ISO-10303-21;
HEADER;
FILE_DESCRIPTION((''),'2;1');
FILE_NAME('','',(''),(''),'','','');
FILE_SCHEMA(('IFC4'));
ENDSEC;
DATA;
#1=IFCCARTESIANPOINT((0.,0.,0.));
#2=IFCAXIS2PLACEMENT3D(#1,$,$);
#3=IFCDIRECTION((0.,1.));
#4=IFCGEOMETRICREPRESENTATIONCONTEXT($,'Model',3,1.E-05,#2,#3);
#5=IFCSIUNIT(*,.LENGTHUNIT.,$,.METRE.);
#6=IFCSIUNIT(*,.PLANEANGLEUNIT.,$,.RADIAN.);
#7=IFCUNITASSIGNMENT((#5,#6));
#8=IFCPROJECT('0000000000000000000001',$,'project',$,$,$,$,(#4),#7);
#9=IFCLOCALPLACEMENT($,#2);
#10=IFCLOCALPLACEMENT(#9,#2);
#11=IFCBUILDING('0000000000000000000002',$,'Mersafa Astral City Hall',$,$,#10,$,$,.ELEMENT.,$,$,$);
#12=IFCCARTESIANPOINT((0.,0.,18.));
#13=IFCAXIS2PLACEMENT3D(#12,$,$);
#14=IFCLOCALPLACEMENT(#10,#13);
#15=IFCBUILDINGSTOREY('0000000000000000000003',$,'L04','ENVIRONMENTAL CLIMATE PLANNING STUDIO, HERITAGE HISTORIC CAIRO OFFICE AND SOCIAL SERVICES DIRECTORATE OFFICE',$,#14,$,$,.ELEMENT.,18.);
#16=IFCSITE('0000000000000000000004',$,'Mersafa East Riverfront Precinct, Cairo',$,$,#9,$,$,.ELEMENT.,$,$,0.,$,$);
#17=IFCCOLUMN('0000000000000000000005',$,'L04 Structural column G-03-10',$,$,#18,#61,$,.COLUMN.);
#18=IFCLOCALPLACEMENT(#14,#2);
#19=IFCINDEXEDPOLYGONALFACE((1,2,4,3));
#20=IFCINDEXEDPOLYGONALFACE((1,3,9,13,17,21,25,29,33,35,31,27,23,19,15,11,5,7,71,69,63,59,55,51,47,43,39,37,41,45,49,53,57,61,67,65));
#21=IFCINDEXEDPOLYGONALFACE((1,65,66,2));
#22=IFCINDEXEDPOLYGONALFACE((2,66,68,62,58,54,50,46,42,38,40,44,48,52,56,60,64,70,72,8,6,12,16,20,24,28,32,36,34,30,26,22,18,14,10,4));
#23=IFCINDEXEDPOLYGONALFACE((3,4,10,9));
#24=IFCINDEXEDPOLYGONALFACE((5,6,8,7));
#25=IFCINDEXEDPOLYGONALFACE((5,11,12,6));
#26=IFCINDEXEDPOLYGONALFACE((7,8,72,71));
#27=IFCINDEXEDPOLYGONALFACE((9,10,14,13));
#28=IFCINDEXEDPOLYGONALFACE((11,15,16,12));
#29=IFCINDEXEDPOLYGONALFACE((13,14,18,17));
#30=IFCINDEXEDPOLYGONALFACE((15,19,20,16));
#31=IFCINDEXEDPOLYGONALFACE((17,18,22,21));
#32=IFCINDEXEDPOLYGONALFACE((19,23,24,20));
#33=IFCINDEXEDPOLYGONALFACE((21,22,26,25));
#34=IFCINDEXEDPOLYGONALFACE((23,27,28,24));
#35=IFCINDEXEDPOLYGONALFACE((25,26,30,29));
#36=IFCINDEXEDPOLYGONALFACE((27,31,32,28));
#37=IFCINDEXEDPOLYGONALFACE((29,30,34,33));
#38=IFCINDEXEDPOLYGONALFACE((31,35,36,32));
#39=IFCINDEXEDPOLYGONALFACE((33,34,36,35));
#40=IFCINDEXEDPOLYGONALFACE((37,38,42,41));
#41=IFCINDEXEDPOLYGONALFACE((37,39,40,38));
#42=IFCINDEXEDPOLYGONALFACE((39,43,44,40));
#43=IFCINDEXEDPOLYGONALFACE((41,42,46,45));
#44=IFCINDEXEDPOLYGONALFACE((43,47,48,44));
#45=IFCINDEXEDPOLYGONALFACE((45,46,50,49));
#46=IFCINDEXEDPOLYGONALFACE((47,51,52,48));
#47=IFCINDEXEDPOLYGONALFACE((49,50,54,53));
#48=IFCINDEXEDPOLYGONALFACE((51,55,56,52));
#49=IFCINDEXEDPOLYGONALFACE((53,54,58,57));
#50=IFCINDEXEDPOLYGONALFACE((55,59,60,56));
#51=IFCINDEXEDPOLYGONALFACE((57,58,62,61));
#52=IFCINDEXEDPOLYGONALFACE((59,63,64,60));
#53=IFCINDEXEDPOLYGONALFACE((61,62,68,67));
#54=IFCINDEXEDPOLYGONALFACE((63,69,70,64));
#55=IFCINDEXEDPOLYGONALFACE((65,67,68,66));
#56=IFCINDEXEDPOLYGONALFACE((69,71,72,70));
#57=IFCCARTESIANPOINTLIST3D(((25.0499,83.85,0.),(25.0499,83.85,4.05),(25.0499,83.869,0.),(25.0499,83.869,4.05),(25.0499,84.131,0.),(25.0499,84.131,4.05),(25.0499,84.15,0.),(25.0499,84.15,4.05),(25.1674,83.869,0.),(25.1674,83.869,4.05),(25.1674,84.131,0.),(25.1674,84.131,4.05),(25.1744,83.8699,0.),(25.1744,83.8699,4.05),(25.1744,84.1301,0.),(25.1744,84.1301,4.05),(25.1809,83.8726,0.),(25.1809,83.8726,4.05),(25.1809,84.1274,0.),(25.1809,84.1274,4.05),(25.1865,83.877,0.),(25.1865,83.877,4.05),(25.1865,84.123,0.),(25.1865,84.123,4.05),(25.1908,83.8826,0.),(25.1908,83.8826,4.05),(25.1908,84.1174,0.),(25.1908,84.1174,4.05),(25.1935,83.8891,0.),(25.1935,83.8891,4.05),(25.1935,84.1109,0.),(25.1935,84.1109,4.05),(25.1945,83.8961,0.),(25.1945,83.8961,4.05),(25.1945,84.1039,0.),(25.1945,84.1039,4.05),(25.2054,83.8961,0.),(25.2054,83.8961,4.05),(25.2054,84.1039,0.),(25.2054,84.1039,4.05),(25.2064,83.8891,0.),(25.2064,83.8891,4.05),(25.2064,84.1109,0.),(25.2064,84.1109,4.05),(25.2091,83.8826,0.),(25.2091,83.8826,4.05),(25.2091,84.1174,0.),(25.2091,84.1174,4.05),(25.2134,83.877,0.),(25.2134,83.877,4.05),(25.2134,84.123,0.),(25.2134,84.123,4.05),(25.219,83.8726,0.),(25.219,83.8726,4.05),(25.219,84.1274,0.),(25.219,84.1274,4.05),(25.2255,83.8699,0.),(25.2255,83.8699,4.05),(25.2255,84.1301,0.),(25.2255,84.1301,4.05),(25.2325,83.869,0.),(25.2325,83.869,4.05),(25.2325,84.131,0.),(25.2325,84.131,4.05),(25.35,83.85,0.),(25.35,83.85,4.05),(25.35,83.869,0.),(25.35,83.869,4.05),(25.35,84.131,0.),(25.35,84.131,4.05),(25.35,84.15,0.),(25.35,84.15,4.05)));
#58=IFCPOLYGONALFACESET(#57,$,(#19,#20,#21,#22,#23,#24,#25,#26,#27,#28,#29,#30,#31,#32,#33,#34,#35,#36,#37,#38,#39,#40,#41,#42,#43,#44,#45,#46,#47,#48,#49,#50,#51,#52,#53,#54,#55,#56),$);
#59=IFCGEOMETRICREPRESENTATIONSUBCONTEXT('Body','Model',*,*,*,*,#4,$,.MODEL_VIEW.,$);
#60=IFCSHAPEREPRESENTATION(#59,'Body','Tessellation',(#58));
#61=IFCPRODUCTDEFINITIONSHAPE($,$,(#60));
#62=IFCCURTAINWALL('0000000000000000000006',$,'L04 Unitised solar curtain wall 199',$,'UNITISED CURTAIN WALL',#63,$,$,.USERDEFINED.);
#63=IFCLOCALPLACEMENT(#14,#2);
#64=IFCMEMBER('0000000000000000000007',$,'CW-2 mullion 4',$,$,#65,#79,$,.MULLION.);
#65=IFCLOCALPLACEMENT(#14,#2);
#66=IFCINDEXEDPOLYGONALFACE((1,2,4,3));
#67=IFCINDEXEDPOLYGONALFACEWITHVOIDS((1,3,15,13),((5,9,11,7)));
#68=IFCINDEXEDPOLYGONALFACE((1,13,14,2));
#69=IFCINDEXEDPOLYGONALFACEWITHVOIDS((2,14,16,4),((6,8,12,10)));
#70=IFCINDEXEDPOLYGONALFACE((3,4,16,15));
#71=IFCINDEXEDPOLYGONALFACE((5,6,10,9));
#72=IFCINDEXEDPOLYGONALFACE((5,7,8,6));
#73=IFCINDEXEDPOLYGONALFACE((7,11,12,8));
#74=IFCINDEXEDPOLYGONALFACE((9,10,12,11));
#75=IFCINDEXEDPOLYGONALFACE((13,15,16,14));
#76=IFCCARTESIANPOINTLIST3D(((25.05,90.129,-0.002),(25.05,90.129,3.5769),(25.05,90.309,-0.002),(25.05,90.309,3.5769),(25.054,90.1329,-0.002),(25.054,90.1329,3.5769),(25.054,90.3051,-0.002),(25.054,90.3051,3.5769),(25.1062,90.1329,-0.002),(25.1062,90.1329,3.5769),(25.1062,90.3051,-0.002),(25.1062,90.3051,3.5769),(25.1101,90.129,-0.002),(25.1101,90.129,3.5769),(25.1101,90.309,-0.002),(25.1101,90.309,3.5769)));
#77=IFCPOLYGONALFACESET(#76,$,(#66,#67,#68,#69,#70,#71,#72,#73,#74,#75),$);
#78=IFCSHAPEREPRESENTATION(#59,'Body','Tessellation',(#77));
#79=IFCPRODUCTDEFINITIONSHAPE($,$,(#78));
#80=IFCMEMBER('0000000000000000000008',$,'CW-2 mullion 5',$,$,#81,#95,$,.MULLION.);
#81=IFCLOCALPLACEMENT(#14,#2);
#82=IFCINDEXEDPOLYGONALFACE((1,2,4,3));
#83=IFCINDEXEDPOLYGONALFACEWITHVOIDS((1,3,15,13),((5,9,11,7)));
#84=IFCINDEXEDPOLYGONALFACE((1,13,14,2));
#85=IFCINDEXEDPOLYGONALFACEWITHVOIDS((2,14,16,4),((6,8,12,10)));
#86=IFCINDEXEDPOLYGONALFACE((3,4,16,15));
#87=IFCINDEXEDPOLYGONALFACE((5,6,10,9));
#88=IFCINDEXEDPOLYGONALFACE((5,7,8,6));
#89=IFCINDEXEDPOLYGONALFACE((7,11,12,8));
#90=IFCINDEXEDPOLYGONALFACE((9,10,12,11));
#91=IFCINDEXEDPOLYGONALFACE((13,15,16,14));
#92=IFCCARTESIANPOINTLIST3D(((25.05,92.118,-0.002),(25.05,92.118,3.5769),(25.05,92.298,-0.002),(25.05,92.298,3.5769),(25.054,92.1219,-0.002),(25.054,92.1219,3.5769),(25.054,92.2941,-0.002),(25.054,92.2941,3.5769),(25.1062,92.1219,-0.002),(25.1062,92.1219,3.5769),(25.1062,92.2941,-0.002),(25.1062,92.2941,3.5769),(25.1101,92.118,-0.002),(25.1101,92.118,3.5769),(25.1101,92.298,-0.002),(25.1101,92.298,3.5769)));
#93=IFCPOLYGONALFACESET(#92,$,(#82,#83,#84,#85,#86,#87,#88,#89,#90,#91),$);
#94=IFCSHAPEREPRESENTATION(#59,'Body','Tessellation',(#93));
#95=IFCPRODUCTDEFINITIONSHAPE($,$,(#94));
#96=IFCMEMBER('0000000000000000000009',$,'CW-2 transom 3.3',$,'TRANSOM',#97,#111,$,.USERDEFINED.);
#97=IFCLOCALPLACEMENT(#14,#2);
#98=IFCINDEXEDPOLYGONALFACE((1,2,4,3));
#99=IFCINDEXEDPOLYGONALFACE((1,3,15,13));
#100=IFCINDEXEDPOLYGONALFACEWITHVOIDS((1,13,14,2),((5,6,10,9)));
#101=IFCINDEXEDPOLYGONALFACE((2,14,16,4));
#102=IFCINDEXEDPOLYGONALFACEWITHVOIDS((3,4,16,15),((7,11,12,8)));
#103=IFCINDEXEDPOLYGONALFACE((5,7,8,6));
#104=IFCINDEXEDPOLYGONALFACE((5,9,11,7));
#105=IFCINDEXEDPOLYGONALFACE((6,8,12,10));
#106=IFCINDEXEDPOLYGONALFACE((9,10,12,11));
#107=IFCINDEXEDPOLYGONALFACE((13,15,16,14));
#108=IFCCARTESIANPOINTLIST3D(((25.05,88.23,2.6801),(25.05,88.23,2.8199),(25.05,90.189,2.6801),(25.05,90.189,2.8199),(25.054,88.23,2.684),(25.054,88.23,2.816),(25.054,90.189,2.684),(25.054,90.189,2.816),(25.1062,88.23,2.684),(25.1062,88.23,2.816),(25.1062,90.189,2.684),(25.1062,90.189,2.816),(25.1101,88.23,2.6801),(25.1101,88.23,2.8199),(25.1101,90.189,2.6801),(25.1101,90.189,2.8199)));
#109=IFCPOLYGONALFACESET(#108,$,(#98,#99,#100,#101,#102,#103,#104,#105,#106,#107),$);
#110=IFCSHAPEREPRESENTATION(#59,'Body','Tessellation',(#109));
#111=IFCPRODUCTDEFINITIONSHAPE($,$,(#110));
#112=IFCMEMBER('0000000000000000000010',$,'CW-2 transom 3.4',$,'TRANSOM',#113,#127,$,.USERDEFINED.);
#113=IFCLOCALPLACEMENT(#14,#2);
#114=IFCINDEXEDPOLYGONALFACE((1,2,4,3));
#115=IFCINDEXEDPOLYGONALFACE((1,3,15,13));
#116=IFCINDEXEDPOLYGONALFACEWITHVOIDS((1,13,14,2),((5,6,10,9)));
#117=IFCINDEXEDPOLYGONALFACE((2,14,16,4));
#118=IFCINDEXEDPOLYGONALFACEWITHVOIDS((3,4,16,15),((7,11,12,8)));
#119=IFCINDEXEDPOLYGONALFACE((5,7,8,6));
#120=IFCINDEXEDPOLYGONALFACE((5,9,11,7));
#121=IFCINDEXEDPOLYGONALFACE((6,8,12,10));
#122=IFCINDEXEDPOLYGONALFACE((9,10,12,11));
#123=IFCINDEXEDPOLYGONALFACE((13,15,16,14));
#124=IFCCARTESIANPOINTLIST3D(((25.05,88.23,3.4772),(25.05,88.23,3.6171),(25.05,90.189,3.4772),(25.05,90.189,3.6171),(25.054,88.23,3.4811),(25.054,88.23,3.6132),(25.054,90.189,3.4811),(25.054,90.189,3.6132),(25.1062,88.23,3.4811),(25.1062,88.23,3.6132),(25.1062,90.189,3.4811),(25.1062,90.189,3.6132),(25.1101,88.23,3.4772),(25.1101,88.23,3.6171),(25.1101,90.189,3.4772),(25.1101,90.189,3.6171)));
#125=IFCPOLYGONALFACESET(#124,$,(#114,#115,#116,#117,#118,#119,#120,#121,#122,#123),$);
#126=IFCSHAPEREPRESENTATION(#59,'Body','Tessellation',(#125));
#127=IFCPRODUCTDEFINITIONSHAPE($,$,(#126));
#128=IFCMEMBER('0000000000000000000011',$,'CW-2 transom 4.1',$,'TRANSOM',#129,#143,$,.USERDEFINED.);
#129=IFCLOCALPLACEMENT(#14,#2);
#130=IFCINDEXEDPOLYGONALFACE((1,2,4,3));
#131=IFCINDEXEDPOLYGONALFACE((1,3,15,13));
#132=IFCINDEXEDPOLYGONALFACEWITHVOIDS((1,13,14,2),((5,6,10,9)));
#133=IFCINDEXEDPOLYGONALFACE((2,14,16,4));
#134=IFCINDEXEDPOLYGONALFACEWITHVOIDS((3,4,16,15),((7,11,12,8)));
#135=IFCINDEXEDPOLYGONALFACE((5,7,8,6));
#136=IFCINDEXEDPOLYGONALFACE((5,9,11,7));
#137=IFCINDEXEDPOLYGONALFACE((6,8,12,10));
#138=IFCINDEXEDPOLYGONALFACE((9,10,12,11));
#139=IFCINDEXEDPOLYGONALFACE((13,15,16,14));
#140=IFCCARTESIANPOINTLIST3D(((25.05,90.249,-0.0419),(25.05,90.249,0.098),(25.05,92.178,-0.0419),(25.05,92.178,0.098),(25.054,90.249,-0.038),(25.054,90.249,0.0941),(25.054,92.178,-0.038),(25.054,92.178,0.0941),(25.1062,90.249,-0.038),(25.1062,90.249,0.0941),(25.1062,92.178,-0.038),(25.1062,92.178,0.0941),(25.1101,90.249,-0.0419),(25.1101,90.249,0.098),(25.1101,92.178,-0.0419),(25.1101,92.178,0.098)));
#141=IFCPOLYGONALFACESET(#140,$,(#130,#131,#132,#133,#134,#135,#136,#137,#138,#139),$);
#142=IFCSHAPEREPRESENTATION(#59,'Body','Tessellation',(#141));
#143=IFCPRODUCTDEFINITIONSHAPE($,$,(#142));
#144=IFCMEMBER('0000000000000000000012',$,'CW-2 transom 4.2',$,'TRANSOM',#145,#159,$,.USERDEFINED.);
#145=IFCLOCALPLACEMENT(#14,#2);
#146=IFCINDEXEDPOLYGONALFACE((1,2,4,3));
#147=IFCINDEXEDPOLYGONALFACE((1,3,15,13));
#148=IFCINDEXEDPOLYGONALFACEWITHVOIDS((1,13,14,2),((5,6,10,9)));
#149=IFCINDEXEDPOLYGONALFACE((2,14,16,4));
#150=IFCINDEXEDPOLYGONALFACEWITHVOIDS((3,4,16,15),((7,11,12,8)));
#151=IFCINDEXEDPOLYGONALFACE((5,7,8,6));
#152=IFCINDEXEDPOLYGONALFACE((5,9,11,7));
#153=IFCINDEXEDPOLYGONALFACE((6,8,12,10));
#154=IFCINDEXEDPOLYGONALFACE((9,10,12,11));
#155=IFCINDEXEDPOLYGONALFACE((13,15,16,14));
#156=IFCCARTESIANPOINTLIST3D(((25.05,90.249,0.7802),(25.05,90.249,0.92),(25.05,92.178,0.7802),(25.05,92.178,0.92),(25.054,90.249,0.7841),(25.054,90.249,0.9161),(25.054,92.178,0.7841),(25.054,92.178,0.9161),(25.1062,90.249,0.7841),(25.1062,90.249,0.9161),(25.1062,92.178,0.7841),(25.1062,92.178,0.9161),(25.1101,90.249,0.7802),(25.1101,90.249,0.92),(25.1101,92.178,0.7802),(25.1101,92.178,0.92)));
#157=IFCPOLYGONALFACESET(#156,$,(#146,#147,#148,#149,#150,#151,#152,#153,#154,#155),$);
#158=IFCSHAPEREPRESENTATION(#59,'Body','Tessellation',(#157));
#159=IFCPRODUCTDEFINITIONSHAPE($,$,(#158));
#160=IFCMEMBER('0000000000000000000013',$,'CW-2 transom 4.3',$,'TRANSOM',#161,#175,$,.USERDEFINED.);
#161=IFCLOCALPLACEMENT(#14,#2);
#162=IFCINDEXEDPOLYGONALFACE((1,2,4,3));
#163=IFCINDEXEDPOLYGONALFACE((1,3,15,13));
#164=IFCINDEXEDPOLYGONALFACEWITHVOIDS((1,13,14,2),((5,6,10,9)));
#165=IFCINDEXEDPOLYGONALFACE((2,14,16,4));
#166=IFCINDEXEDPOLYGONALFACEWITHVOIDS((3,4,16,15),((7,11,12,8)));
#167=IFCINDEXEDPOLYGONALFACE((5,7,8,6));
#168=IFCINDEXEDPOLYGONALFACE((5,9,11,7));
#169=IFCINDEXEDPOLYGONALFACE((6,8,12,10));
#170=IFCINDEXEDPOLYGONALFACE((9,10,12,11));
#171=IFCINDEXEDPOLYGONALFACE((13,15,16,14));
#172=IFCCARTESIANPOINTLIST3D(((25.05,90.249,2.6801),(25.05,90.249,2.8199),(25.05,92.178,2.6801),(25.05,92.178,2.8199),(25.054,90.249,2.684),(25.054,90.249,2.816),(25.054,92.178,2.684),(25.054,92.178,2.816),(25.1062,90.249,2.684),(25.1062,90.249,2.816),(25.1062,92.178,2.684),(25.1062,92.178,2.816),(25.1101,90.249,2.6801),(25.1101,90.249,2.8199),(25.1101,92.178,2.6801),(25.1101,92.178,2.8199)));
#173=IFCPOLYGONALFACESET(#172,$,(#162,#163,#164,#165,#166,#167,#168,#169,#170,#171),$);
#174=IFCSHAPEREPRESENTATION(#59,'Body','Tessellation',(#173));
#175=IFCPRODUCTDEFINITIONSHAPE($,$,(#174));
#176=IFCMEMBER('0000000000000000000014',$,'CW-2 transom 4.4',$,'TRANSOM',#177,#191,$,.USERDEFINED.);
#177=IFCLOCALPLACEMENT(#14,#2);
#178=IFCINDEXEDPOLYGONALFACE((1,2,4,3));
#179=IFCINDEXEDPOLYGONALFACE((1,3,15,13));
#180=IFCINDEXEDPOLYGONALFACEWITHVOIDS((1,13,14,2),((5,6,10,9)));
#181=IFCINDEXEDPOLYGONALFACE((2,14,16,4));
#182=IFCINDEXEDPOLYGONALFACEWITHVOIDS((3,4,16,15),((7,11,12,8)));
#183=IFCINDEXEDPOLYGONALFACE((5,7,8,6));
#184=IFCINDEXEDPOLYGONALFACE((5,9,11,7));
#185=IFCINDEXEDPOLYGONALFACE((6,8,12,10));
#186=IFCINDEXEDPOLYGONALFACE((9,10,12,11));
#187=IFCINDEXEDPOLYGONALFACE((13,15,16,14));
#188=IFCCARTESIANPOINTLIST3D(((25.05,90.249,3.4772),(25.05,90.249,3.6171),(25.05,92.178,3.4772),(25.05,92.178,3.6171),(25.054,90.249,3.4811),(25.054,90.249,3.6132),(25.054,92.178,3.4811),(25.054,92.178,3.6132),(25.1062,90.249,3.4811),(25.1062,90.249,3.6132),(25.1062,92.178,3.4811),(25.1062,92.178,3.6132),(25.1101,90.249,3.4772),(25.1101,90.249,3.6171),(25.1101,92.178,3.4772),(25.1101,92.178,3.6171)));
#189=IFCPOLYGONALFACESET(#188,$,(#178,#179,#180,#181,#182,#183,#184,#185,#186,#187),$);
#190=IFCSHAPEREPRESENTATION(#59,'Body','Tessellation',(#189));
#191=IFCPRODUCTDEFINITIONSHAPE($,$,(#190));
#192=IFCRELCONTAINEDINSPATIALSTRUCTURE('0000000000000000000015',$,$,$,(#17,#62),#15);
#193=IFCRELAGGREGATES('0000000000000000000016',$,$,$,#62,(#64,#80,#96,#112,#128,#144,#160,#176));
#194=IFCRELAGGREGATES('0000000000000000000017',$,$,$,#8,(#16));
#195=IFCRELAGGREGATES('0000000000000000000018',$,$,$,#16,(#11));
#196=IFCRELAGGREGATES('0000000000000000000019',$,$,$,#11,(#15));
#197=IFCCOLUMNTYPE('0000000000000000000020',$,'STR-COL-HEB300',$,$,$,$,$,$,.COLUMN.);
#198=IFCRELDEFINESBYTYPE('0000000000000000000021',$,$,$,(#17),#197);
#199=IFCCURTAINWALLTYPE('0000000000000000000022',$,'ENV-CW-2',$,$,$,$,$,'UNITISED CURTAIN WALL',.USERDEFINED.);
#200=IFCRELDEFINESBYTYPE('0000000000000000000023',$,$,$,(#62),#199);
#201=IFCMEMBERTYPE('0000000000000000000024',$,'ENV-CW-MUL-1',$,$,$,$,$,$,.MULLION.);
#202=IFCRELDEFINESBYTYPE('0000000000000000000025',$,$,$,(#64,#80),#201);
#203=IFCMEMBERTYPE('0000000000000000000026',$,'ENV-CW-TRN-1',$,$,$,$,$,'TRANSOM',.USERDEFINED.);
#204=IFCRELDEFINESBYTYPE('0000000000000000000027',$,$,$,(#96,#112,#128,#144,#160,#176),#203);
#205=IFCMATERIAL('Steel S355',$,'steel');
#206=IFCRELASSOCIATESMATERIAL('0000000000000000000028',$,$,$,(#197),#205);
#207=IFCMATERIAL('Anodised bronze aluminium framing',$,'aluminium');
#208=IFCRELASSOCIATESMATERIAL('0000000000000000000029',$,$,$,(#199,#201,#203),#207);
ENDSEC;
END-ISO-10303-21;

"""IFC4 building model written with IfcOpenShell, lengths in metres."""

from ifc_helpers import new_model, si_unit, direction, frame, origin, origin_2d, place, context, subcontext, project, spatial, hollow_rectangle, i_section, extrude, material, material_profile, profile_set, type_object, element, aggregate, save


model = new_model("IFC4")

# Units and contexts
model_context = context("Model", 3, precision=1e-05, world=origin(), true_north=direction((0.0, 1.0)))
body_context = subcontext(model_context, "Body", "Model", "MODEL_VIEW")
ifc_project = project(units=[si_unit("LENGTHUNIT", "METRE"), si_unit("PLANEANGLEUNIT", "RADIAN")], contexts=[model_context])

# Site, building, storey
site_placement = place(None, origin())
site = spatial("IfcSite", under=ifc_project, at=site_placement, Name="Mersafa East Riverfront Precinct, Cairo", CompositionType="ELEMENT", RefElevation=0.0)
building_placement = place(site_placement, origin())
building = spatial("IfcBuilding", under=site, at=building_placement, Name="Mersafa Astral City Hall", CompositionType="ELEMENT")
storey_placement = place(building_placement, frame((0.0, 0.0, 18.0)))
storey = spatial("IfcBuildingStorey", under=building, at=storey_placement, Name="L04", Description="ENVIRONMENTAL CLIMATE PLANNING STUDIO, HERITAGE HISTORIC CAIRO OFFICE AND SOCIAL SERVICES DIRECTORATE OFFICE", CompositionType="ELEMENT", Elevation=18.0)

# Column
ifc_material_1 = material(Name="Steel S355", Category="steel")
ifc_material_profile_1 = material_profile(ifc_material_1, i_section(OverallWidth=0.3, OverallDepth=0.3, WebThickness=0.011, FlangeThickness=0.019, FilletRadius=0.0271, at=origin_2d()), Name="HEB 300")
ifc_profile_set_1 = profile_set([ifc_material_profile_1], Name="Steel S355")
column_type = type_object("IfcColumnType", Name="STR-COL-HEB300", PredefinedType="COLUMN", material=ifc_profile_set_1)
column_placement = place(storey_placement, frame((25.2, 84.0, 0.0), z_axis=(0.0, 0.0, 1.0), x_axis=(1.0, 0.0, 0.0)))
element("IfcColumn", 1, at=column_placement, inside=storey, type_object=column_type, Name="L04 Structural column G-03-10", PredefinedType="COLUMN", context=body_context, shape_type="SweptSolid", body=[
    extrude(i_section(OverallWidth=0.3, OverallDepth=0.3, WebThickness=0.011, FlangeThickness=0.019, FilletRadius=0.0271, at=origin_2d()), origin(), (0.0, 0.0, 1.0), 4.05),
])

# Curtain wall, members
ifc_material_2 = material(Name="Anodised bronze aluminium framing", Category="aluminium")
curtain_wall_type = type_object("IfcCurtainWallType", Name="ENV-CW-2", ElementType="UNITISED CURTAIN WALL", PredefinedType="USERDEFINED", material=ifc_material_2)
curtain_wall_placement = place(storey_placement, origin())
curtain_wall = element("IfcCurtainWall", 2, at=curtain_wall_placement, inside=storey, type_object=curtain_wall_type, Name="L04 Unitised solar curtain wall 199", ObjectType="UNITISED CURTAIN WALL", PredefinedType="USERDEFINED")
ifc_material_profile_2 = material_profile(ifc_material_2, hollow_rectangle(XDim=0.0601, YDim=0.1799, WallThickness=0.0039, at=origin_2d()), Name="RHS 60x180x4")
ifc_profile_set_2 = profile_set([ifc_material_profile_2], Name="Anodised bronze aluminium framing")
member_type_1 = type_object("IfcMemberType", Name="ENV-CW-MUL-1", PredefinedType="MULLION", material=ifc_profile_set_2)
member_1_placement = place(storey_placement, frame((25.0801, 90.219, -0.002), z_axis=(0.0, 0.0, 1.0), x_axis=(-1.0, 0.0, 0.0)))
member_1 = element("IfcMember", 3, at=member_1_placement, type_object=member_type_1, Name="CW-2 mullion 4", PredefinedType="MULLION", context=body_context, shape_type="SweptSolid", body=[
    extrude(hollow_rectangle(XDim=0.0601, YDim=0.1799, WallThickness=0.0039, at=origin_2d()), origin(), (0.0, 0.0, 1.0), 3.5789),
])
member_2_placement = place(storey_placement, frame((25.0801, 92.208, -0.002), z_axis=(0.0, 0.0, 1.0), x_axis=(-1.0, 0.0, 0.0)))
member_2 = element("IfcMember", 4, at=member_2_placement, type_object=member_type_1, Name="CW-2 mullion 5", PredefinedType="MULLION", context=body_context, shape_type="SweptSolid", body=[
    extrude(hollow_rectangle(XDim=0.0601, YDim=0.1799, WallThickness=0.0039, at=origin_2d()), origin(), (0.0, 0.0, 1.0), 3.5789),
])
ifc_material_profile_3 = material_profile(ifc_material_2, hollow_rectangle(XDim=0.0601, YDim=0.1399, WallThickness=0.0039, at=origin_2d()), Name="RHS 60x140x4")
ifc_profile_set_3 = profile_set([ifc_material_profile_3], Name="Anodised bronze aluminium framing")
member_type_2 = type_object("IfcMemberType", Name="ENV-CW-TRN-1", ElementType="TRANSOM", PredefinedType="USERDEFINED", material=ifc_profile_set_3)
member_3_placement = place(storey_placement, frame((25.0801, 88.23, 2.75), z_axis=(0.0, 1.0, 0.0), x_axis=(-1.0, 0.0, 0.0)))
member_3 = element("IfcMember", 5, at=member_3_placement, type_object=member_type_2, Name="CW-2 transom 3.3", ObjectType="TRANSOM", PredefinedType="USERDEFINED", context=body_context, shape_type="SweptSolid", body=[
    extrude(hollow_rectangle(XDim=0.0601, YDim=0.1399, WallThickness=0.0039, at=origin_2d()), origin(), (0.0, 0.0, 1.0), 1.959),
])
member_4_placement = place(storey_placement, frame((25.0801, 88.23, 3.5471), z_axis=(0.0, 1.0, 0.0), x_axis=(-1.0, 0.0, 0.0)))
member_4 = element("IfcMember", 6, at=member_4_placement, type_object=member_type_2, Name="CW-2 transom 3.4", ObjectType="TRANSOM", PredefinedType="USERDEFINED", context=body_context, shape_type="SweptSolid", body=[
    extrude(hollow_rectangle(XDim=0.0601, YDim=0.1399, WallThickness=0.0039, at=origin_2d()), origin(), (0.0, 0.0, 1.0), 1.959),
])
member_5_placement = place(storey_placement, frame((25.0801, 90.249, 0.0281), z_axis=(0.0, 1.0, 0.0), x_axis=(-1.0, 0.0, 0.0)))
member_5 = element("IfcMember", 7, at=member_5_placement, type_object=member_type_2, Name="CW-2 transom 4.1", ObjectType="TRANSOM", PredefinedType="USERDEFINED", context=body_context, shape_type="SweptSolid", body=[
    extrude(hollow_rectangle(XDim=0.0601, YDim=0.1399, WallThickness=0.0039, at=origin_2d()), origin(), (0.0, 0.0, 1.0), 1.929),
])
member_6_placement = place(storey_placement, frame((25.0801, 90.249, 0.8501), z_axis=(0.0, 1.0, 0.0), x_axis=(-1.0, 0.0, 0.0)))
member_6 = element("IfcMember", 8, at=member_6_placement, type_object=member_type_2, Name="CW-2 transom 4.2", ObjectType="TRANSOM", PredefinedType="USERDEFINED", context=body_context, shape_type="SweptSolid", body=[
    extrude(hollow_rectangle(XDim=0.0601, YDim=0.1399, WallThickness=0.0039, at=origin_2d()), origin(), (0.0, 0.0, 1.0), 1.929),
])
member_7_placement = place(storey_placement, frame((25.0801, 90.249, 2.75), z_axis=(0.0, 1.0, 0.0), x_axis=(-1.0, 0.0, 0.0)))
member_7 = element("IfcMember", 9, at=member_7_placement, type_object=member_type_2, Name="CW-2 transom 4.3", ObjectType="TRANSOM", PredefinedType="USERDEFINED", context=body_context, shape_type="SweptSolid", body=[
    extrude(hollow_rectangle(XDim=0.0601, YDim=0.1399, WallThickness=0.0039, at=origin_2d()), origin(), (0.0, 0.0, 1.0), 1.929),
])
member_8_placement = place(storey_placement, frame((25.0801, 90.249, 3.5471), z_axis=(0.0, 1.0, 0.0), x_axis=(-1.0, 0.0, 0.0)))
member_8 = element("IfcMember", 10, at=member_8_placement, type_object=member_type_2, Name="CW-2 transom 4.4", ObjectType="TRANSOM", PredefinedType="USERDEFINED", context=body_context, shape_type="SweptSolid", body=[
    extrude(hollow_rectangle(XDim=0.0601, YDim=0.1399, WallThickness=0.0039, at=origin_2d()), origin(), (0.0, 0.0, 1.0), 1.929),
])

aggregate(curtain_wall, [member_1, member_2, member_3, member_4, member_5, member_6, member_7, member_8])

save(model, "model.ifc")
